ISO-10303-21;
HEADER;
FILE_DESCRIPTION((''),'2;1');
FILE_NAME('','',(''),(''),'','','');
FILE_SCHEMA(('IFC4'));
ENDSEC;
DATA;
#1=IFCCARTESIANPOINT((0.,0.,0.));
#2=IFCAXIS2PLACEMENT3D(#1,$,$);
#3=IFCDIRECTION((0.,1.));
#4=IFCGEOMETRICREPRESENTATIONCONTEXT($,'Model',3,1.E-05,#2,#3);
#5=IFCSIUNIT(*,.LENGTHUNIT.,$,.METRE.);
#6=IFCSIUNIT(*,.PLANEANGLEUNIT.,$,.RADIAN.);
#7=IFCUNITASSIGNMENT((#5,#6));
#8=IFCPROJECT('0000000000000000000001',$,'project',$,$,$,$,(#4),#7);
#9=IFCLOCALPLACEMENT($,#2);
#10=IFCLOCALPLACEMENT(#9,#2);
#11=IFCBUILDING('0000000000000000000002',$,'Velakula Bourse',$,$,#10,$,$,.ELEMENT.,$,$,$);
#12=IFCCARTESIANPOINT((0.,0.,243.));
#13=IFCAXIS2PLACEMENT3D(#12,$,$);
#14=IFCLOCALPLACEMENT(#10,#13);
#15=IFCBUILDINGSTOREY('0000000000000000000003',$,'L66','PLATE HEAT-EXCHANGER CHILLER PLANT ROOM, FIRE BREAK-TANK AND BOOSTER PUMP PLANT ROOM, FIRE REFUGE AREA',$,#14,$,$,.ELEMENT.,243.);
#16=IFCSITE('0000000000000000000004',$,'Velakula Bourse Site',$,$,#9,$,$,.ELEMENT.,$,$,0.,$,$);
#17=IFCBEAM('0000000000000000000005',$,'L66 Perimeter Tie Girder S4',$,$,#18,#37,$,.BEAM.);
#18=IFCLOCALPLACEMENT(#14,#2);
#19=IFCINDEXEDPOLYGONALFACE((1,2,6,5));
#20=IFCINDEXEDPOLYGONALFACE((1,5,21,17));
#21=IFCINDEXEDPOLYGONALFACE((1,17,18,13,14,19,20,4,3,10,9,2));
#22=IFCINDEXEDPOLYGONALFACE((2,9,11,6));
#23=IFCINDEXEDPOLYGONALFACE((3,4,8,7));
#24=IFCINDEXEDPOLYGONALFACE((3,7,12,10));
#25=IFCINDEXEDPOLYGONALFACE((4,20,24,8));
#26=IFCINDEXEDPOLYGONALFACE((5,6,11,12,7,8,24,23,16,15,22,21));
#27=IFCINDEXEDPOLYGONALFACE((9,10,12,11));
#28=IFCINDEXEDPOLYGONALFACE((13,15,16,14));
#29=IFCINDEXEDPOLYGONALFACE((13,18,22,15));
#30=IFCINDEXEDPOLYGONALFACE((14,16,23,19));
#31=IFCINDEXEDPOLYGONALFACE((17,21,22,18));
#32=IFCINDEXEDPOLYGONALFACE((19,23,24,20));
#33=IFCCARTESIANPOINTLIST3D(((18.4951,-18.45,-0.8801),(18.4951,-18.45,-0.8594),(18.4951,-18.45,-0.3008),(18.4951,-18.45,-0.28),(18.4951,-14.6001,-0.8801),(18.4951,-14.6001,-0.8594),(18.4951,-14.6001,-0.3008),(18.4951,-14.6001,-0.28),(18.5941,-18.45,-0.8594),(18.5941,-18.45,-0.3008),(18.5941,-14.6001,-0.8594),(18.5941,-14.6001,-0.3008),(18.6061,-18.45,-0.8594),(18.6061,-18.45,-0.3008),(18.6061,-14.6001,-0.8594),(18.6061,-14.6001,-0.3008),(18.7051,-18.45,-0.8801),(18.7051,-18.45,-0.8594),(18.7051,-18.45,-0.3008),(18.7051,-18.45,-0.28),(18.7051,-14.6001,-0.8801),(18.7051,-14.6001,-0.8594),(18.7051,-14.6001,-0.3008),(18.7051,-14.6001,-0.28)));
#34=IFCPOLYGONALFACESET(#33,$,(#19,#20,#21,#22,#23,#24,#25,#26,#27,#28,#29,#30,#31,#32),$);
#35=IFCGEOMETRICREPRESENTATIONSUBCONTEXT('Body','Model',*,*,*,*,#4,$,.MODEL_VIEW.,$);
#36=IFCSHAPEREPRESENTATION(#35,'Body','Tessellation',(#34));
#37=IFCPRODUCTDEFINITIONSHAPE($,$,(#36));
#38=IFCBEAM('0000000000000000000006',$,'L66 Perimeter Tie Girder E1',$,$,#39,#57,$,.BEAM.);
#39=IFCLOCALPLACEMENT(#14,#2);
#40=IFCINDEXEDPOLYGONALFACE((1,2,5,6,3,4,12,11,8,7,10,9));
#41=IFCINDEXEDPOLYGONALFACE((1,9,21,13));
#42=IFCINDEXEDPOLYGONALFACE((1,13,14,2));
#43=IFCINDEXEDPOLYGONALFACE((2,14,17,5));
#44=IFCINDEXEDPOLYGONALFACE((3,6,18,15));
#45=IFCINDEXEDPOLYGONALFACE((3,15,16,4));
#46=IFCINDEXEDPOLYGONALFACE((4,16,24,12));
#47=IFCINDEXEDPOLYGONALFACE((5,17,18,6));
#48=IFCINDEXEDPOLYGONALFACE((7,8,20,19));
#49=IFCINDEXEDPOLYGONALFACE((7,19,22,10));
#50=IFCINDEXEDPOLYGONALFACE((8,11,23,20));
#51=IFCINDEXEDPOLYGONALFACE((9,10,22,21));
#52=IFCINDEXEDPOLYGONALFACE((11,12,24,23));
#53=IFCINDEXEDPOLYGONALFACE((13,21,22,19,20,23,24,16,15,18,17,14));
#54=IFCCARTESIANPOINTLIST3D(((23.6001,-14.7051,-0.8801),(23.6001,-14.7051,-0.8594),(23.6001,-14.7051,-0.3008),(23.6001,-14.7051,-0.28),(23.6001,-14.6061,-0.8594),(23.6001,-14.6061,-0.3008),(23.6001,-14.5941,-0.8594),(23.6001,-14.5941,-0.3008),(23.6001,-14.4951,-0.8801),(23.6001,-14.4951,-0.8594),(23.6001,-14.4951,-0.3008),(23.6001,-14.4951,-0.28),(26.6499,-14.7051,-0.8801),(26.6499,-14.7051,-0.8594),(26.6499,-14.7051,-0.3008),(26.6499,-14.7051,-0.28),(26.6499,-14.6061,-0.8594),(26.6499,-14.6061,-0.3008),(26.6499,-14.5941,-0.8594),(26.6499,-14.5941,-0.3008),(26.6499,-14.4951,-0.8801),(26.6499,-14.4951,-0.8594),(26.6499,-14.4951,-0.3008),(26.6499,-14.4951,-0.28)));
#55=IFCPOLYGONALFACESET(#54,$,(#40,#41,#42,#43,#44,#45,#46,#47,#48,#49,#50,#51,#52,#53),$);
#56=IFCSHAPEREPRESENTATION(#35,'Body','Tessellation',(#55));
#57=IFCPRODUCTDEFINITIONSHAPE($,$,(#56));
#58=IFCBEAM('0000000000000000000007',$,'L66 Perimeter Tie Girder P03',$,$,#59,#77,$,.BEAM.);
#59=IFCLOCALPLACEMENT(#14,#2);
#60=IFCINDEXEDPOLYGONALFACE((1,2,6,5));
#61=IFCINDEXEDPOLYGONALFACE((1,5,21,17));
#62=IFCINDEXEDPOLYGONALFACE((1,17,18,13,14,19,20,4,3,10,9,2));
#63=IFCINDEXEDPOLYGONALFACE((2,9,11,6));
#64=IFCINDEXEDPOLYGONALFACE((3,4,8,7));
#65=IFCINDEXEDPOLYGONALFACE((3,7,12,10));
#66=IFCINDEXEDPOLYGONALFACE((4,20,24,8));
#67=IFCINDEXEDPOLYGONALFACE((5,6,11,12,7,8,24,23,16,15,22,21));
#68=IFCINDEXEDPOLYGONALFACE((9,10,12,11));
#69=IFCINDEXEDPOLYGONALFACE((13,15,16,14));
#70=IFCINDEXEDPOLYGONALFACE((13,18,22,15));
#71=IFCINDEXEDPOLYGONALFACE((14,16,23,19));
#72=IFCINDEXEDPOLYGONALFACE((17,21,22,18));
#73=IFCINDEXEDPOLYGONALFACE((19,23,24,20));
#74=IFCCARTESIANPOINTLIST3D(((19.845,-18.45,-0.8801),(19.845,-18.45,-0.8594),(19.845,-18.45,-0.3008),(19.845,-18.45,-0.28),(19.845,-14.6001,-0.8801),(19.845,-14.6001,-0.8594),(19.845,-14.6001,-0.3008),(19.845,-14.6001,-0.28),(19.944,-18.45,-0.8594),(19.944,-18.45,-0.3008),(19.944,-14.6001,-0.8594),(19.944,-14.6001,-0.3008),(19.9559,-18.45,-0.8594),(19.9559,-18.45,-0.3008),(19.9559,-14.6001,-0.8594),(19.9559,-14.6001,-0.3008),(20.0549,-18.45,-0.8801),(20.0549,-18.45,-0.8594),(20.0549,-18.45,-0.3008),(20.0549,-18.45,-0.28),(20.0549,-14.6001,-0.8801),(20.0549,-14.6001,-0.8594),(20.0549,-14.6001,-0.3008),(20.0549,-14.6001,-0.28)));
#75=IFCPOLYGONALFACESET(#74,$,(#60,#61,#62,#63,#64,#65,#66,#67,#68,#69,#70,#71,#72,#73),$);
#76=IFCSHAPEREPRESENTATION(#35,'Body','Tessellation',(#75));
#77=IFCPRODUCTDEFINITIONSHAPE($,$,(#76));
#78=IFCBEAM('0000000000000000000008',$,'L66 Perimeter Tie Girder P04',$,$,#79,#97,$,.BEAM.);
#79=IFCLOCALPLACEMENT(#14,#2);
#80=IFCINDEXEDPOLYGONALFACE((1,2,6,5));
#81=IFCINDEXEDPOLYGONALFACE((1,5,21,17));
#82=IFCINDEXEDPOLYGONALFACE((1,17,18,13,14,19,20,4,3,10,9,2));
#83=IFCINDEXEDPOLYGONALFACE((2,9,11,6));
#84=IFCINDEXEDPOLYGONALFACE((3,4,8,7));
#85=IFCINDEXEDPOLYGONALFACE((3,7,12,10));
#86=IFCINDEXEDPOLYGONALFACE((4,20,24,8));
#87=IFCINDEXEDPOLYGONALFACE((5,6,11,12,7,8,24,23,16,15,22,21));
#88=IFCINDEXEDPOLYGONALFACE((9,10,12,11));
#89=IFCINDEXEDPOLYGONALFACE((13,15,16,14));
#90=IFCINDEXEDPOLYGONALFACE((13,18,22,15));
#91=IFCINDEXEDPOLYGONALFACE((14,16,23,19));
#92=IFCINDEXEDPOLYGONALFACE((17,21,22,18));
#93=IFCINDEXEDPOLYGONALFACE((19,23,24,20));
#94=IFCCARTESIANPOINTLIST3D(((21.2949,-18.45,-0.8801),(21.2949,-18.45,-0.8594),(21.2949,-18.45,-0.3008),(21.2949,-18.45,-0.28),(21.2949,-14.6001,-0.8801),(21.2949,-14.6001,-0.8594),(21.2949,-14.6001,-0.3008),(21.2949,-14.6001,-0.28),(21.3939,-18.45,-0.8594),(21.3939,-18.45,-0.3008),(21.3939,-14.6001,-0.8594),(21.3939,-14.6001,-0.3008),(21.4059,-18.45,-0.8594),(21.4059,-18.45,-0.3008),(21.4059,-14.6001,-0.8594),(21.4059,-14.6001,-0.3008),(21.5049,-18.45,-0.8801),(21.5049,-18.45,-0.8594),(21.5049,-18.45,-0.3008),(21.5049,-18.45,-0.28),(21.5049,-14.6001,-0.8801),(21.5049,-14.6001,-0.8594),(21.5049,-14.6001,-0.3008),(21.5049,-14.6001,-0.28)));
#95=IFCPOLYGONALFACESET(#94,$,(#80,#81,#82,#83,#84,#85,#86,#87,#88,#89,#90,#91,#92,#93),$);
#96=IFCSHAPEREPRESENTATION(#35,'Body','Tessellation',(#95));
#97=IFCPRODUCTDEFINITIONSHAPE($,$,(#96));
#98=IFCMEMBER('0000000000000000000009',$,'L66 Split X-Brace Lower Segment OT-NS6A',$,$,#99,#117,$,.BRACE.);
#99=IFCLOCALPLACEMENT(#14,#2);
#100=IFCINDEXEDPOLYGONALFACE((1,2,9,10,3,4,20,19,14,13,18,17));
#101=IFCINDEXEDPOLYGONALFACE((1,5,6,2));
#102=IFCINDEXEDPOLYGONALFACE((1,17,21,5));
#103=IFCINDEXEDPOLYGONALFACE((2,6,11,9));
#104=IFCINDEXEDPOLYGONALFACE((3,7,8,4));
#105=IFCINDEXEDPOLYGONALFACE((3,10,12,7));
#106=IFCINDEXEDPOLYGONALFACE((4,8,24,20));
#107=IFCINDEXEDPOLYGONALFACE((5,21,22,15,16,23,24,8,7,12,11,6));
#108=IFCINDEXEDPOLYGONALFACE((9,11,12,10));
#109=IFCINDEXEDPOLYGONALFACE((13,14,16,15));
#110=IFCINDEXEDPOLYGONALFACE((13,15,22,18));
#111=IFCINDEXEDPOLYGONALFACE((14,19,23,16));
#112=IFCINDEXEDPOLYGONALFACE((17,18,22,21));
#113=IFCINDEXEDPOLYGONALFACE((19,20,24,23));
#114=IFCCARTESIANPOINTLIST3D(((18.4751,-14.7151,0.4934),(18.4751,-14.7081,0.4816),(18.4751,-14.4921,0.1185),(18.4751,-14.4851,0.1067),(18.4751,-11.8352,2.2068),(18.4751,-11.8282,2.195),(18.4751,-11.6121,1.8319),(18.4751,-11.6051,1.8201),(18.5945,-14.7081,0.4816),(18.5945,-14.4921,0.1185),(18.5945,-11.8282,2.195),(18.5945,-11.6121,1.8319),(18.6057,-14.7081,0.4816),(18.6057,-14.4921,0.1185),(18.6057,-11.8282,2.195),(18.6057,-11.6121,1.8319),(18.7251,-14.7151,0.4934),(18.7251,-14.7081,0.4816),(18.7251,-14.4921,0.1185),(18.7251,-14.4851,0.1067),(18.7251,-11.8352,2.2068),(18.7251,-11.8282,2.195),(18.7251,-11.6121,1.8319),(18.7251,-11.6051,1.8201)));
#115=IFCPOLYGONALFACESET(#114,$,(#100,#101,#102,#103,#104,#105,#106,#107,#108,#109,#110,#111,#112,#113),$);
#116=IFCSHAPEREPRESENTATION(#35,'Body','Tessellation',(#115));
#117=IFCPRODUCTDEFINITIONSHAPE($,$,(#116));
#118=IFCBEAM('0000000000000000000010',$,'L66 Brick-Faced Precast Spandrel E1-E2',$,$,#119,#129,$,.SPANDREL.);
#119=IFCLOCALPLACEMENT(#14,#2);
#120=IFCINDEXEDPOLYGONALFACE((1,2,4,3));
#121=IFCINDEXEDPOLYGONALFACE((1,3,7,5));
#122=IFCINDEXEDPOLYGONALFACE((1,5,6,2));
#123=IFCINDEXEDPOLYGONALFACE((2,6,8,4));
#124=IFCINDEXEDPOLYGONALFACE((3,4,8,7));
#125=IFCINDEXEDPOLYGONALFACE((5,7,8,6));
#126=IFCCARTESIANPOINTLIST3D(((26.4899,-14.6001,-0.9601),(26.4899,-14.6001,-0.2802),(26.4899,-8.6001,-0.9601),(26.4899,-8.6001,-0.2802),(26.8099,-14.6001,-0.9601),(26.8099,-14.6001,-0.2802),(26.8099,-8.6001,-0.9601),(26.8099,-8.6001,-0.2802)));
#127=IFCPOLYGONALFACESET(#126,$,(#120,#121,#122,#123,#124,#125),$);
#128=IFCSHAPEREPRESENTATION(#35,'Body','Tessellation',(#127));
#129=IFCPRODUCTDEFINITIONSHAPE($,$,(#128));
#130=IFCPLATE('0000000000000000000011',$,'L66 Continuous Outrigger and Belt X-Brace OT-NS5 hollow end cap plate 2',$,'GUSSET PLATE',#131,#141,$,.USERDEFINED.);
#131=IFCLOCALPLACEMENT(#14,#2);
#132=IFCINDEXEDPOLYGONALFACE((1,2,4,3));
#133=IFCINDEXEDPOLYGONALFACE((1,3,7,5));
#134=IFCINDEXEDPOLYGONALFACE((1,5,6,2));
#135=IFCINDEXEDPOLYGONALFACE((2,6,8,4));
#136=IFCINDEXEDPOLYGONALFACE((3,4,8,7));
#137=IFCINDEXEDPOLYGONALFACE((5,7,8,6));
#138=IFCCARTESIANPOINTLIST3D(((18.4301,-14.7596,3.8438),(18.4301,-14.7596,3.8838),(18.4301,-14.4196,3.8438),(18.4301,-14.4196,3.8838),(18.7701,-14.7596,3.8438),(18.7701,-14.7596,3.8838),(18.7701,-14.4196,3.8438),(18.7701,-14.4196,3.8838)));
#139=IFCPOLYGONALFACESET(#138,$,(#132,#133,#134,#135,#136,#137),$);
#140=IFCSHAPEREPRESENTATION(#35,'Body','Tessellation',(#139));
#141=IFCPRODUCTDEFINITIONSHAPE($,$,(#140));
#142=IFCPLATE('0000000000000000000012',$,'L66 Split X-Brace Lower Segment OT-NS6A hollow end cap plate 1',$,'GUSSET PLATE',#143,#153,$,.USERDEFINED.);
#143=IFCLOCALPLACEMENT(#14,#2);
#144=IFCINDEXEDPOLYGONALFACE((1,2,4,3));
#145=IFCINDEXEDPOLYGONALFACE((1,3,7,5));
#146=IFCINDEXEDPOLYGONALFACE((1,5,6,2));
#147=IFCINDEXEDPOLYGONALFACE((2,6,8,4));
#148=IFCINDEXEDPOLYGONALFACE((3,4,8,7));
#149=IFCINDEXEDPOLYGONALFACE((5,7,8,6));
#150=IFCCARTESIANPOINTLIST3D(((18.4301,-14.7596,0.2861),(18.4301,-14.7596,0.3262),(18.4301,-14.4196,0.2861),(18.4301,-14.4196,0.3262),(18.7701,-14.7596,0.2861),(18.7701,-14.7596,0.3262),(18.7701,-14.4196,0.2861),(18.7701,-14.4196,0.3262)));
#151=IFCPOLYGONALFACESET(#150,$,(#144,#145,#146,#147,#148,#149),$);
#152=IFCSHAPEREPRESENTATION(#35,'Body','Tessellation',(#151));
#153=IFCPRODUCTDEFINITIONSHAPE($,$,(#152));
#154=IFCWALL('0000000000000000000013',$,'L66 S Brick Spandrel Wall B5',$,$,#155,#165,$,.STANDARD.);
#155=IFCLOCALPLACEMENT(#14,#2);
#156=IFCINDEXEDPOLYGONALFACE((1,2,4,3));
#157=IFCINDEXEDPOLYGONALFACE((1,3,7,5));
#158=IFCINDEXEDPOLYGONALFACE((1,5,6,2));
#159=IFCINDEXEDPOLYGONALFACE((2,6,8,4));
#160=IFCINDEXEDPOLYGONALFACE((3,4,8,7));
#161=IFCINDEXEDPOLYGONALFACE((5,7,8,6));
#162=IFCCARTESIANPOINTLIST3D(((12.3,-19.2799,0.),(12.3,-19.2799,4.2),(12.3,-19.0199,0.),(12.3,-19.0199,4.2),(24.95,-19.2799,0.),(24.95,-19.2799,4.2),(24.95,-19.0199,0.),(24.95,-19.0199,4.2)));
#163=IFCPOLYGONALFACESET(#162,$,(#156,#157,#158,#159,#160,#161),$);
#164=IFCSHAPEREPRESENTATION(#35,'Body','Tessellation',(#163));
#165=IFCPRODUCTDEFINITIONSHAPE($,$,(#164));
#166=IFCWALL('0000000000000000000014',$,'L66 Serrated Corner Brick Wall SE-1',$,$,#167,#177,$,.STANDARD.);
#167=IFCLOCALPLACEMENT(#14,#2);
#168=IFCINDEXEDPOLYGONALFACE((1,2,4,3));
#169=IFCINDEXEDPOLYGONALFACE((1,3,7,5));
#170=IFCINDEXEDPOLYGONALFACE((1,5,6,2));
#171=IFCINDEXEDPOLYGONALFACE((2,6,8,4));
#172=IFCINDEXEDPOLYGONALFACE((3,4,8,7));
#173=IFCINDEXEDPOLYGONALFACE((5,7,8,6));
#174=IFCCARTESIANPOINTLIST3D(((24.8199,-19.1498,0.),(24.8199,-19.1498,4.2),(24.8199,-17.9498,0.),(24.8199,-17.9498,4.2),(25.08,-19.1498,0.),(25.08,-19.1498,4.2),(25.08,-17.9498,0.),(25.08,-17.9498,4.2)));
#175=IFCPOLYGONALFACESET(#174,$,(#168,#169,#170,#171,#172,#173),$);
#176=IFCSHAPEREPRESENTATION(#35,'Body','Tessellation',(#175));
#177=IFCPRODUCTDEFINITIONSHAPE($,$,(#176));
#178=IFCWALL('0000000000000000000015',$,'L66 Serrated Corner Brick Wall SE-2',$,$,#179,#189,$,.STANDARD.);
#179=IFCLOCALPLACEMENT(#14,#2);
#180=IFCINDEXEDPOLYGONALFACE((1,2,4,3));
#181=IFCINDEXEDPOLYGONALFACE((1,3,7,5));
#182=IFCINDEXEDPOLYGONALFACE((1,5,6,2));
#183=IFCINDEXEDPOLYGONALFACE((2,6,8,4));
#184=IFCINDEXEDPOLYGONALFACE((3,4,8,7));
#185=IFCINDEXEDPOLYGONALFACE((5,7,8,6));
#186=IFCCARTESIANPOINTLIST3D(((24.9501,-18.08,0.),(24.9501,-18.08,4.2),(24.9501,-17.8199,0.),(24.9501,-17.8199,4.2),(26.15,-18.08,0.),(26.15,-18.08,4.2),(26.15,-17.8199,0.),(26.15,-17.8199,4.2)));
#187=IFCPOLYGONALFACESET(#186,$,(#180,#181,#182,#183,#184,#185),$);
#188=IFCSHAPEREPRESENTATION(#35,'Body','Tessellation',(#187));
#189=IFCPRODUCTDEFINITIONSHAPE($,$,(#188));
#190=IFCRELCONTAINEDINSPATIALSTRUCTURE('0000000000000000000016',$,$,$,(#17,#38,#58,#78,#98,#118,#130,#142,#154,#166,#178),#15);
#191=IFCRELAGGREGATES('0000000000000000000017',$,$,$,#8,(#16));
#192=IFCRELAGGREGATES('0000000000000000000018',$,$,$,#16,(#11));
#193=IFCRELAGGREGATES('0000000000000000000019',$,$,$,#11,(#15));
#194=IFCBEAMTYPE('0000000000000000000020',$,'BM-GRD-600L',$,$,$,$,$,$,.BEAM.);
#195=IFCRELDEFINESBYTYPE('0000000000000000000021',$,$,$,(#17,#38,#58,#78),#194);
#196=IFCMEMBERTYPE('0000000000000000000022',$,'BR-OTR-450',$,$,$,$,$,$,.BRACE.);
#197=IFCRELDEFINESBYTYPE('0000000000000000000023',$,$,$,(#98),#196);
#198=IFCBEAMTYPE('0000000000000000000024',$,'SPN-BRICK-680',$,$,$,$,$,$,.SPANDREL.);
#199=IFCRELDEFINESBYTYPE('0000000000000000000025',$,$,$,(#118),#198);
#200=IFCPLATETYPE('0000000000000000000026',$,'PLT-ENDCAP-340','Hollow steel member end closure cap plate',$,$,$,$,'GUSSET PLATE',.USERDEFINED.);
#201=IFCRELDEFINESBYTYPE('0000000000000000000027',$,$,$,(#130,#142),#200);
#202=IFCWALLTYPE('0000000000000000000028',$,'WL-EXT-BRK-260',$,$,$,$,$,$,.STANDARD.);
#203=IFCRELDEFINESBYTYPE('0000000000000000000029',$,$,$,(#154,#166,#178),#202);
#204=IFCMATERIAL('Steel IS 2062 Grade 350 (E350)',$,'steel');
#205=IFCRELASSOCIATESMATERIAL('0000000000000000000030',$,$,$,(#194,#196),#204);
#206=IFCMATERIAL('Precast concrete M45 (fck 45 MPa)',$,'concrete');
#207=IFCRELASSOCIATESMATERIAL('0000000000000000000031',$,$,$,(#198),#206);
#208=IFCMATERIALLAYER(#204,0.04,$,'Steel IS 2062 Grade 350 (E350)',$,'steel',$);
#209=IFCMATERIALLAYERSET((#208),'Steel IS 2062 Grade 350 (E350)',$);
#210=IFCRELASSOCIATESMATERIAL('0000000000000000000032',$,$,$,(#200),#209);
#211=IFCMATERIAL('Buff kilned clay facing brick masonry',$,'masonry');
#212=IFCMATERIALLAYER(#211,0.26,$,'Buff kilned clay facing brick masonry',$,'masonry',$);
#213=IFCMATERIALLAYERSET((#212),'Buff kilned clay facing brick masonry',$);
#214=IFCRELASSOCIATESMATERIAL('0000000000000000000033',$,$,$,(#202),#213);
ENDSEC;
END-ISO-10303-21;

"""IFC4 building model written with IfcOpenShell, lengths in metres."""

from ifc_helpers import new_model, si_unit, direction, frame, frame_2d, origin, origin_2d, place, context, subcontext, project, spatial, rectangle, i_section, extrude, material, layer, layer_set, material_profile, profile_set, type_object, element, save


model = new_model("IFC4")

# Units and contexts
model_context = context("Model", 3, precision=1e-05, world=origin(), true_north=direction((0.0, 1.0)))
body_context = subcontext(model_context, "Body", "Model", "MODEL_VIEW")
ifc_project = project(units=[si_unit("LENGTHUNIT", "METRE"), si_unit("PLANEANGLEUNIT", "RADIAN")], contexts=[model_context])

# Site, building, storey
site_placement = place(None, origin())
site = spatial("IfcSite", under=ifc_project, at=site_placement, Name="Velakula Bourse Site", CompositionType="ELEMENT", RefElevation=0.0)
building_placement = place(site_placement, origin())
building = spatial("IfcBuilding", under=site, at=building_placement, Name="Velakula Bourse", CompositionType="ELEMENT")
storey_placement = place(building_placement, frame((0.0, 0.0, 243.0)))
storey = spatial("IfcBuildingStorey", under=building, at=storey_placement, Name="L66", Description="PLATE HEAT-EXCHANGER CHILLER PLANT ROOM, FIRE BREAK-TANK AND BOOSTER PUMP PLANT ROOM, FIRE REFUGE AREA", CompositionType="ELEMENT", Elevation=243.0)

# Shared definitions
ifc_material_1 = material(Name="Steel IS 2062 Grade 350 (E350)", Category="steel")
ifc_material_2 = material(Name="Precast concrete M45 (fck 45 MPa)", Category="concrete")

# Beams
ifc_material_profile_1 = material_profile(ifc_material_1, i_section(OverallWidth=0.21, OverallDepth=0.6001, WebThickness=0.012, FlangeThickness=0.0208, at=origin_2d()), Name="Steel IS 2062 Grade 350 (E350)")
ifc_profile_set_1 = profile_set([ifc_material_profile_1], Name="Steel IS 2062 Grade 350 (E350)")
beam_type_1 = type_object("IfcBeamType", Name="BM-GRD-600L", PredefinedType="BEAM", material=ifc_profile_set_1)
beam_1_placement = place(storey_placement, frame((18.6001, -14.6001, -0.5801), z_axis=(0.0, -1.0, 0.0), x_axis=(1.0, 0.0, 0.0)))
element("IfcBeam", 1, at=beam_1_placement, inside=storey, type_object=beam_type_1, Name="L66 Perimeter Tie Girder S4", PredefinedType="BEAM", context=body_context, shape_type="SweptSolid", body=[
    extrude(i_section(OverallWidth=0.21, OverallDepth=0.6001, WebThickness=0.012, FlangeThickness=0.0208, at=origin_2d()), origin(), (0.0, 0.0, 1.0), 3.8499),
])
beam_2_placement = place(storey_placement, frame((23.6001, -14.6001, -0.5801), z_axis=(1.0, 0.0, 0.0), x_axis=(0.0, 1.0, 0.0)))
element("IfcBeam", 2, at=beam_2_placement, inside=storey, type_object=beam_type_1, Name="L66 Perimeter Tie Girder E1", PredefinedType="BEAM", context=body_context, shape_type="SweptSolid", body=[
    extrude(i_section(OverallWidth=0.21, OverallDepth=0.6001, WebThickness=0.012, FlangeThickness=0.0208, at=origin_2d()), origin(), (0.0, 0.0, 1.0), 3.0498),
])
for number, where, z_axis, x_axis, name in (
    (3, (19.95, -14.6001, -0.5801), (0.0, -1.0, 0.0), (1.0, 0.0, 0.0), "L66 Perimeter Tie Girder P03"),
    (4, (21.3999, -14.6001, -0.5801), (0.0, -1.0, 0.0), (1.0, 0.0, 0.0), "L66 Perimeter Tie Girder P04"),
):
    element("IfcBeam", number, at=place(storey_placement, frame(where, z_axis=z_axis, x_axis=x_axis)), inside=storey, type_object=beam_type_1, Name=name, PredefinedType="BEAM", context=body_context, shape_type="SweptSolid", body=[
        extrude(i_section(OverallWidth=0.21, OverallDepth=0.6001, WebThickness=0.012, FlangeThickness=0.0208, at=origin_2d()), origin(), (0.0, 0.0, 1.0), 3.8499),
    ])

# Member
ifc_material_profile_2 = material_profile(ifc_material_1, i_section(OverallWidth=0.25, OverallDepth=0.45, WebThickness=0.0112, FlangeThickness=0.0137, at=origin_2d()), Name="Steel IS 2062 Grade 350 (E350)")
ifc_profile_set_2 = profile_set([ifc_material_profile_2], Name="Steel IS 2062 Grade 350 (E350)")
member_type = type_object("IfcMemberType", Name="BR-OTR-450", PredefinedType="BRACE", material=ifc_profile_set_2)
member_placement = place(storey_placement, frame((18.6001, -14.6001, 0.3), z_axis=(0.0, 0.859403, 0.511299), x_axis=(-1.0, 0.0, 0.0)))
element("IfcMember", 5, at=member_placement, inside=storey, type_object=member_type, Name="L66 Split X-Brace Lower Segment OT-NS6A", PredefinedType="BRACE", context=body_context, shape_type="SweptSolid", body=[
    extrude(i_section(OverallWidth=0.25, OverallDepth=0.45, WebThickness=0.0112, FlangeThickness=0.0137, at=origin_2d()), origin(), (0.0, 0.0, 1.0), 3.3511),
])

# Beam
ifc_material_profile_3 = material_profile(ifc_material_2, rectangle(XDim=0.3201, YDim=0.6799, at=origin_2d()), Name="Precast concrete M45 (fck 45 MPa)")
ifc_profile_set_3 = profile_set([ifc_material_profile_3], Name="Precast concrete M45 (fck 45 MPa)")
beam_type_2 = type_object("IfcBeamType", Name="SPN-BRICK-680", PredefinedType="SPANDREL", material=ifc_profile_set_3)
beam_3_placement = place(storey_placement, frame((26.6499, -14.6001, -0.6201), z_axis=(0.0, 1.0, 0.0), x_axis=(-1.0, 0.0, 0.0)))
element("IfcBeam", 6, at=beam_3_placement, inside=storey, type_object=beam_type_2, Name="L66 Brick-Faced Precast Spandrel E1-E2", PredefinedType="SPANDREL", context=body_context, shape_type="SweptSolid", body=[
    extrude(rectangle(XDim=0.3201, YDim=0.6799, at=origin_2d()), origin(), (0.0, 0.0, 1.0), 6.0),
])

# Plates
ifc_layer_1 = layer(ifc_material_1, 0.04, Name="Steel IS 2062 Grade 350 (E350)", Category="steel")
ifc_layer_set_1 = layer_set([ifc_layer_1], Name="Steel IS 2062 Grade 350 (E350)")
plate_type = type_object("IfcPlateType", Name="PLT-ENDCAP-340", Description="Hollow steel member end closure cap plate", ElementType="GUSSET PLATE", PredefinedType="USERDEFINED", material=ifc_layer_set_1)
for number, where, z_axis, x_axis, name in (
    (7, (18.6001, -14.5896, 3.8438), (0.0, 0.0, 1.0), (0.0, -1.0, 0.0), "L66 Continuous Outrigger and Belt X-Brace OT-NS5 hollow end cap plate 2"),
    (8, (18.6001, -14.5896, 0.2861), (0.0, 0.0, 1.0), (0.0, 1.0, 0.0), "L66 Split X-Brace Lower Segment OT-NS6A hollow end cap plate 1"),
):
    element("IfcPlate", number, at=place(storey_placement, frame(where, z_axis=z_axis, x_axis=x_axis)), inside=storey, type_object=plate_type, Name=name, ObjectType="GUSSET PLATE", PredefinedType="USERDEFINED", context=body_context, shape_type="SweptSolid", body=[
        extrude(rectangle(XDim=0.3401, YDim=0.3401, at=origin_2d()), origin(), (0.0, 0.0, 1.0), 0.04),
    ])

# Walls
ifc_material_3 = material(Name="Buff kilned clay facing brick masonry", Category="masonry")
ifc_layer_2 = layer(ifc_material_3, 0.26, Name="Buff kilned clay facing brick masonry", Category="masonry")
ifc_layer_set_2 = layer_set([ifc_layer_2], Name="Buff kilned clay facing brick masonry")
wall_type = type_object("IfcWallType", Name="WL-EXT-BRK-260", PredefinedType="STANDARD", material=ifc_layer_set_2)
wall_1_placement = place(storey_placement, frame((24.95, -19.1499, 0.0), z_axis=(0.0, 0.0, 1.0), x_axis=(-1.0, 0.0, 0.0)))
element("IfcWall", 9, at=wall_1_placement, inside=storey, type_object=wall_type, Name="L66 S Brick Spandrel Wall B5", PredefinedType="STANDARD", context=body_context, shape_type="SweptSolid", body=[
    extrude(rectangle(XDim=12.6499, YDim=0.26, at=frame_2d((6.325, 0.0))), origin(), (0.0, 0.0, 1.0), 4.2),
])
for number, where, z_axis, x_axis, name in (
    (10, (24.95, -19.1499, 0.0), (0.0, 0.0, 1.0), (0.0, 1.0, 0.0), "L66 Serrated Corner Brick Wall SE-1"),
    (11, (24.95, -17.95, 0.0), (0.0, 0.0, 1.0), (1.0, 0.0, 0.0), "L66 Serrated Corner Brick Wall SE-2"),
):
    element("IfcWall", number, at=place(storey_placement, frame(where, z_axis=z_axis, x_axis=x_axis)), inside=storey, type_object=wall_type, Name=name, PredefinedType="STANDARD", context=body_context, shape_type="SweptSolid", body=[
        extrude(rectangle(XDim=1.2, YDim=0.26, at=frame_2d((0.6001, 0.0))), origin(), (0.0, 0.0, 1.0), 4.2),
    ])

save(model, "model.ifc")
